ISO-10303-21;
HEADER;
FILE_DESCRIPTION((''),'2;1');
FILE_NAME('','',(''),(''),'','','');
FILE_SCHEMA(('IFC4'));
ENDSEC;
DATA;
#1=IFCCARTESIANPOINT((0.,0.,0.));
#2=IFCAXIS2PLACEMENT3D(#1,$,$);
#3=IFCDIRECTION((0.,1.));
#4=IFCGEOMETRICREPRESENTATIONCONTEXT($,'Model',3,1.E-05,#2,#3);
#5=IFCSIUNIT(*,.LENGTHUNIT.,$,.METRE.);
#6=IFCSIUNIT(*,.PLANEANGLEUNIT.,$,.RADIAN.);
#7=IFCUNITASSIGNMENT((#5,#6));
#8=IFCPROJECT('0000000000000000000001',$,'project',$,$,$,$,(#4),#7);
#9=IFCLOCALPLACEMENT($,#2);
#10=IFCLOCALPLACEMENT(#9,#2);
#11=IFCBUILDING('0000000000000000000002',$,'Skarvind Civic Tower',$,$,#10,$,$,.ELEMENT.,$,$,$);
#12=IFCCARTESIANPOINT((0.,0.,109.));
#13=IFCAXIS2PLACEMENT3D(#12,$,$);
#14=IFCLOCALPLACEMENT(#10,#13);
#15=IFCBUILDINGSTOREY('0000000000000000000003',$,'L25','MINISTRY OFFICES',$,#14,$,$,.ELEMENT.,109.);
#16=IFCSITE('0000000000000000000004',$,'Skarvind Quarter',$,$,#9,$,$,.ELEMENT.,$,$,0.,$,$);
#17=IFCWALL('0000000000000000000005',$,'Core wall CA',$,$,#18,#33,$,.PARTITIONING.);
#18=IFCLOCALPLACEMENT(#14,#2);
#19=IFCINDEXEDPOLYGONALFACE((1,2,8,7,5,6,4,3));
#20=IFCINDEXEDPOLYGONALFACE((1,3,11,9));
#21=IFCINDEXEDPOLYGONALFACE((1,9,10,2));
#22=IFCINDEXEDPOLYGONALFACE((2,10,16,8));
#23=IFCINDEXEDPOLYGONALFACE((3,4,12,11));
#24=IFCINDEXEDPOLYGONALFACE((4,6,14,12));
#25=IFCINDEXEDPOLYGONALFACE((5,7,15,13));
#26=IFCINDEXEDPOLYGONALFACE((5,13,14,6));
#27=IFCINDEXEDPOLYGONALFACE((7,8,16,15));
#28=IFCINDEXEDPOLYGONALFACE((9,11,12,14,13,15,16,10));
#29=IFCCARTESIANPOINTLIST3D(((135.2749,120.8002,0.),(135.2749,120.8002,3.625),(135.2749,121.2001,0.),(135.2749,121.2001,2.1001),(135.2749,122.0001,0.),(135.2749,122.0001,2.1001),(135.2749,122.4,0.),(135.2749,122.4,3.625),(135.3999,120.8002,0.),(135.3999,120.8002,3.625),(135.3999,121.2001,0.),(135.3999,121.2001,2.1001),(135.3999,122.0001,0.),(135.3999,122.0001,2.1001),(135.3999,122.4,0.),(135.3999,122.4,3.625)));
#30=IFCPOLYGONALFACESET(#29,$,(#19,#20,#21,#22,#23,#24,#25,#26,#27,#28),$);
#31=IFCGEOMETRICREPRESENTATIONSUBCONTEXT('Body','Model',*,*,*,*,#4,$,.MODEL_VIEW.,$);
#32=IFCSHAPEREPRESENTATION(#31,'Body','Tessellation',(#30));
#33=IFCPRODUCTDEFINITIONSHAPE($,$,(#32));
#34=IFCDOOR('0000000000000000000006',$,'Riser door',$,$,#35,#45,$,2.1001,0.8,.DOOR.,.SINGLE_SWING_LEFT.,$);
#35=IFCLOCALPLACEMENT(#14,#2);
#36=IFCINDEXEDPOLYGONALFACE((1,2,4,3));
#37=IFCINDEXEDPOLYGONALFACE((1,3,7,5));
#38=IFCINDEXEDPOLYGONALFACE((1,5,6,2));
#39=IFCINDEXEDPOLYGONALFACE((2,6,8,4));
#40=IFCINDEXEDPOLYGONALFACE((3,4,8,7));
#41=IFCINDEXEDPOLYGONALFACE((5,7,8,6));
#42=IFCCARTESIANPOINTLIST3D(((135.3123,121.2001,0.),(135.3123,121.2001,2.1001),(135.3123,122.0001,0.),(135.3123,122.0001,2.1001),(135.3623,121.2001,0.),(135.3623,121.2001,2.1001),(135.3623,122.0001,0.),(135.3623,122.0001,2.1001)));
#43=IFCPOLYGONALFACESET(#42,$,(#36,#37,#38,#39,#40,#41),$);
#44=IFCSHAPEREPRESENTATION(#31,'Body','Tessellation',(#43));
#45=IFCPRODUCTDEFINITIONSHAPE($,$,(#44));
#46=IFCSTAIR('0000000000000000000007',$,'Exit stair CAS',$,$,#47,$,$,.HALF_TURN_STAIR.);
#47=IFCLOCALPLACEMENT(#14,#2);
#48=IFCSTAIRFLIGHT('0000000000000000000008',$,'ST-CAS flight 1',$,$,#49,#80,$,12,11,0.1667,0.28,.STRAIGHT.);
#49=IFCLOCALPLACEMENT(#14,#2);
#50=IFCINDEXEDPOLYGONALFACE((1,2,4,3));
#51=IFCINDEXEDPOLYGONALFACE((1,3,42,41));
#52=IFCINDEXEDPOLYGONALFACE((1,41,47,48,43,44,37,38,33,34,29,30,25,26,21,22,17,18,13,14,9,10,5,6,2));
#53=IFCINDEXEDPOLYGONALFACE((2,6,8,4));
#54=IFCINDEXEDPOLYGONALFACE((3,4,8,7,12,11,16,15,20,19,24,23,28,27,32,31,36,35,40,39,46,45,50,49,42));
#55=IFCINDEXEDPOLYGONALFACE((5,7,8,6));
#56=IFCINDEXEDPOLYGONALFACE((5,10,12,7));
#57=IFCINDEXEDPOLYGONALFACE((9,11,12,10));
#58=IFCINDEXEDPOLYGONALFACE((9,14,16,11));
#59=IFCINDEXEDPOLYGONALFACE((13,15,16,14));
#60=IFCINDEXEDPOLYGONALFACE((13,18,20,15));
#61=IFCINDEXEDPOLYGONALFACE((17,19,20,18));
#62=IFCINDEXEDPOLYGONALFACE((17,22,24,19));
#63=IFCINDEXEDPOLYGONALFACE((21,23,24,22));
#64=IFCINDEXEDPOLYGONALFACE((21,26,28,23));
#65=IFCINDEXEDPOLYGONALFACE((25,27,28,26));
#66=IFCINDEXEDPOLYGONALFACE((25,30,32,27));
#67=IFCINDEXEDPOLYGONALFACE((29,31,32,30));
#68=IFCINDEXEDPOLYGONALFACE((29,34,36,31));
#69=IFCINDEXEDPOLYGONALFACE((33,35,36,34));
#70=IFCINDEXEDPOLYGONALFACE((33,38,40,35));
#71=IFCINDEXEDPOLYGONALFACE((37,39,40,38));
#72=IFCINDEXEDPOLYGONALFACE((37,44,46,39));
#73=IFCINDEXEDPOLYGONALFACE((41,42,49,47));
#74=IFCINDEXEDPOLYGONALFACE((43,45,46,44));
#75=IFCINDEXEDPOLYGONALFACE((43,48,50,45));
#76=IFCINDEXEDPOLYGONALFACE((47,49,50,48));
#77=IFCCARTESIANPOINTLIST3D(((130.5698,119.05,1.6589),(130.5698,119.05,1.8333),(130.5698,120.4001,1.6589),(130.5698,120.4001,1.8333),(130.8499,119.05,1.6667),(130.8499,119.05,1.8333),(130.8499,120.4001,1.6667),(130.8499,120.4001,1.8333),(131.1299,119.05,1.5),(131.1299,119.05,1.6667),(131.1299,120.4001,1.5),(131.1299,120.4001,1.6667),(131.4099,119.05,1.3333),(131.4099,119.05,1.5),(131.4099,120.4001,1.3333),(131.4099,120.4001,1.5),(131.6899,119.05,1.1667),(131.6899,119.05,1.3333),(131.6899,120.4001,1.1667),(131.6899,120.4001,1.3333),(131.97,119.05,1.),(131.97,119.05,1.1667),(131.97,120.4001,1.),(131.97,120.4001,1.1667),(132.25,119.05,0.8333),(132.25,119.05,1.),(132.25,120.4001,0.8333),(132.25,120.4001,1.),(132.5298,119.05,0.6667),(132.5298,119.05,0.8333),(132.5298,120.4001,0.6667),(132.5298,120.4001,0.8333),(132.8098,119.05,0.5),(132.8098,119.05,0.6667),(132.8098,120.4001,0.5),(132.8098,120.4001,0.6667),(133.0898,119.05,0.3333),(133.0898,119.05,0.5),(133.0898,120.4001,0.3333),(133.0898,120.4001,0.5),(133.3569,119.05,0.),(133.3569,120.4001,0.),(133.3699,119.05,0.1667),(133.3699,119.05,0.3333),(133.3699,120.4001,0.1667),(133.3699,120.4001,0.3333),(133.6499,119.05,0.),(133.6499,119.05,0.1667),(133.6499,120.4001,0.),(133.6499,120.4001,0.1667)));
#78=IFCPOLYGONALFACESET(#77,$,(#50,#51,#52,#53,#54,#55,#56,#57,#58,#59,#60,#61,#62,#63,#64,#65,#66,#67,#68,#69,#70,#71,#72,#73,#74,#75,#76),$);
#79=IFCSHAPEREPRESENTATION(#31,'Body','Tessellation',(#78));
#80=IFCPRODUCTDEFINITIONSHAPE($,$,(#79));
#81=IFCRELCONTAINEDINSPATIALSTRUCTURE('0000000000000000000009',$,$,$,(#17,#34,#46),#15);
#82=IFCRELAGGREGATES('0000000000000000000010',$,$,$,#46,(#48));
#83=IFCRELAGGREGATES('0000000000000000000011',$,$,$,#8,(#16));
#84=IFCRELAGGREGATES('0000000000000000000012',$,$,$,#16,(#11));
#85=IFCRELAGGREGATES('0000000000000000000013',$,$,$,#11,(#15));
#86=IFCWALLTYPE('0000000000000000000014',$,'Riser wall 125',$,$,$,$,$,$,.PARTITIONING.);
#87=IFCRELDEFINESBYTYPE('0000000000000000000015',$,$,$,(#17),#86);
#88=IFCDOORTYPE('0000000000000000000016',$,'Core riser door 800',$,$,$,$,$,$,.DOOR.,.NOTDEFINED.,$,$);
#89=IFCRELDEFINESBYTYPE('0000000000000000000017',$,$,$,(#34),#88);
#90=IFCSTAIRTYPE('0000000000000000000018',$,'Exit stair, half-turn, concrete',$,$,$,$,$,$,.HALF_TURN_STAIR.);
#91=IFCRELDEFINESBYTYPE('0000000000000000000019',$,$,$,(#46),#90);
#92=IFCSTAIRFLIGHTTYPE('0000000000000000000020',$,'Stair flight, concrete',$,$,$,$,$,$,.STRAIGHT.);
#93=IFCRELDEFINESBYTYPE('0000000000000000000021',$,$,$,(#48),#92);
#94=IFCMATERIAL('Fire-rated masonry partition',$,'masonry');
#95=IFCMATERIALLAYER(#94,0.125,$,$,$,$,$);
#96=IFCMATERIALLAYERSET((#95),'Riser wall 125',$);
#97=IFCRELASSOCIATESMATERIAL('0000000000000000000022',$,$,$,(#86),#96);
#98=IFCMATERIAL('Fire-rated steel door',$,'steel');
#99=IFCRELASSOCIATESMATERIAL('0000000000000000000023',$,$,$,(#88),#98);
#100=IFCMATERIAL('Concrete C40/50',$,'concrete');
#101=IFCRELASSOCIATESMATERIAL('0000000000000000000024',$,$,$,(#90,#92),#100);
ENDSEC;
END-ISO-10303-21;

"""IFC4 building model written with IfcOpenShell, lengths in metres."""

from ifc_helpers import new_model, si_unit, direction, frame, frame_2d, origin, place, context, subcontext, project, spatial, polyline, rectangle, outline, extrude, material, layer, layer_set, type_object, element, fill, aggregate, save


model = new_model("IFC4")

# Units and contexts
model_context = context("Model", 3, precision=1e-05, world=origin(), true_north=direction((0.0, 1.0)))
body_context = subcontext(model_context, "Body", "Model", "MODEL_VIEW")
ifc_project = project(units=[si_unit("LENGTHUNIT", "METRE"), si_unit("PLANEANGLEUNIT", "RADIAN")], contexts=[model_context])

# Site, building, storey
site_placement = place(None, origin())
site = spatial("IfcSite", under=ifc_project, at=site_placement, Name="Skarvind Quarter", CompositionType="ELEMENT", RefElevation=0.0)
building_placement = place(site_placement, origin())
building = spatial("IfcBuilding", under=site, at=building_placement, Name="Skarvind Civic Tower", CompositionType="ELEMENT")
storey_placement = place(building_placement, frame((0.0, 0.0, 109.0)))
storey = spatial("IfcBuildingStorey", under=building, at=storey_placement, Name="L25", Description="MINISTRY OFFICES", CompositionType="ELEMENT", Elevation=109.0)

# Shared definitions
ifc_material_1 = material(Name="Fire-rated masonry partition", Category="masonry")
ifc_material_2 = material(Name="Fire-rated steel door", Category="steel")

# Wall, opening, door
ifc_layer_1 = layer(ifc_material_1, 0.125)
ifc_layer_set_1 = layer_set([ifc_layer_1], Name="Riser wall 125")
wall_type_1 = type_object("IfcWallType", Name="Riser wall 125", PredefinedType="PARTITIONING", material=ifc_layer_set_1)
wall_1_placement = place(storey_placement, frame((135.3374, 122.3999, 0.0), z_axis=(0.0, 0.0, 1.0), x_axis=(0.0, -1.0, 0.0)))
wall_1 = element("IfcWall", 1, at=wall_1_placement, inside=storey, type_object=wall_type_1, Name="Core wall CA", PredefinedType="PARTITIONING", context=body_context, shape_type="SweptSolid", body=[
    extrude(rectangle(XDim=1.5999, YDim=0.125, at=frame_2d((0.7998, 0.0))), origin(), (0.0, 0.0, 1.0), 3.625),
])
opening_1_placement = place(wall_1_placement, frame((0.3999, 0.0, 0.0)))
opening_1 = element("IfcOpeningElement", 2, at=opening_1_placement, cuts=wall_1, PredefinedType="OPENING", context=body_context, shape_type="SweptSolid", body=[
    extrude(rectangle(XDim=0.8, YDim=2.1001, at=frame_2d((0.3999, 1.05))), frame((0.0, 0.0725, 0.0), z_axis=(0.0, -1.0, 0.0), x_axis=(1.0, 0.0, 0.0)), (0.0, 0.0, 1.0), 0.145),
])
door_type_1 = type_object("IfcDoorType", Name="Core riser door 800", OperationType="NOTDEFINED", PredefinedType="DOOR", material=ifc_material_2)
door_1_placement = place(opening_1_placement, origin())
door_1 = element("IfcDoor", 3, at=door_1_placement, inside=storey, type_object=door_type_1, Name="Riser door", OperationType="SINGLE_SWING_LEFT", OverallHeight=2.1001, OverallWidth=0.8, PredefinedType="DOOR", context=body_context, shape_type="SweptSolid", body=[
    extrude(rectangle(XDim=0.8, YDim=2.1001, at=frame_2d((0.3999, 1.05))), frame((0.0, 0.0249, 0.0), z_axis=(0.0, -1.0, 0.0), x_axis=(1.0, 0.0, 0.0)), (0.0, 0.0, 1.0), 0.05),
])
fill(opening_1, door_1)

# Stair, stair flight
ifc_material_3 = material(Name="Concrete C40/50", Category="concrete")
stair_type = type_object("IfcStairType", Name="Exit stair, half-turn, concrete", PredefinedType="HALF_TURN_STAIR", material=ifc_material_3)
stair_placement = place(storey_placement, origin())
stair = element("IfcStair", 4, at=stair_placement, inside=storey, type_object=stair_type, Name="Exit stair CAS", PredefinedType="HALF_TURN_STAIR")
stair_flight_type = type_object("IfcStairFlightType", Name="Stair flight, concrete", PredefinedType="STRAIGHT", material=ifc_material_3)
stair_flight_placement = place(storey_placement, frame((133.6499, 119.7251, 0.0), z_axis=(0.0, 0.0, 1.0), x_axis=(-1.0, 0.0, 0.0)))
stair_flight = element("IfcStairFlight", 5, at=stair_flight_placement, type_object=stair_flight_type, Name="ST-CAS flight 1", NumberOfRisers=12, NumberOfTreads=11, PredefinedType="STRAIGHT", RiserHeight=0.1667, TreadLength=0.28, context=body_context, shape_type="SweptSolid", body=[
    extrude(outline(polyline([(0.0, 0.0), (0.0, 0.1667), (0.28, 0.1667), (0.28, 0.3333), (0.5601, 0.3333), (0.5601, 0.5), (0.8401, 0.5), (0.8401, 0.6667), (1.1201, 0.6667), (1.1201, 0.8333), (1.3999, 0.8333), (1.3999, 1.0), (1.6799, 1.0), (1.6799, 1.1667), (1.96, 1.1667), (1.96, 1.3333), (2.24, 1.3333), (2.24, 1.5), (2.52, 1.5), (2.52, 1.6667), (2.8, 1.6667), (2.8, 1.8333), (3.0801, 1.8333), (3.0801, 2.0), (3.0801, 1.6589), (0.293, 0.0), (0.0, 0.0)])), frame((0.0, 0.675, 0.0), z_axis=(0.0, -1.0, 0.0), x_axis=(1.0, 0.0, 0.0)), (0.0, 0.0, 1.0), 1.3501),
])
aggregate(stair, [stair_flight])

save(model, "model.ifc")
